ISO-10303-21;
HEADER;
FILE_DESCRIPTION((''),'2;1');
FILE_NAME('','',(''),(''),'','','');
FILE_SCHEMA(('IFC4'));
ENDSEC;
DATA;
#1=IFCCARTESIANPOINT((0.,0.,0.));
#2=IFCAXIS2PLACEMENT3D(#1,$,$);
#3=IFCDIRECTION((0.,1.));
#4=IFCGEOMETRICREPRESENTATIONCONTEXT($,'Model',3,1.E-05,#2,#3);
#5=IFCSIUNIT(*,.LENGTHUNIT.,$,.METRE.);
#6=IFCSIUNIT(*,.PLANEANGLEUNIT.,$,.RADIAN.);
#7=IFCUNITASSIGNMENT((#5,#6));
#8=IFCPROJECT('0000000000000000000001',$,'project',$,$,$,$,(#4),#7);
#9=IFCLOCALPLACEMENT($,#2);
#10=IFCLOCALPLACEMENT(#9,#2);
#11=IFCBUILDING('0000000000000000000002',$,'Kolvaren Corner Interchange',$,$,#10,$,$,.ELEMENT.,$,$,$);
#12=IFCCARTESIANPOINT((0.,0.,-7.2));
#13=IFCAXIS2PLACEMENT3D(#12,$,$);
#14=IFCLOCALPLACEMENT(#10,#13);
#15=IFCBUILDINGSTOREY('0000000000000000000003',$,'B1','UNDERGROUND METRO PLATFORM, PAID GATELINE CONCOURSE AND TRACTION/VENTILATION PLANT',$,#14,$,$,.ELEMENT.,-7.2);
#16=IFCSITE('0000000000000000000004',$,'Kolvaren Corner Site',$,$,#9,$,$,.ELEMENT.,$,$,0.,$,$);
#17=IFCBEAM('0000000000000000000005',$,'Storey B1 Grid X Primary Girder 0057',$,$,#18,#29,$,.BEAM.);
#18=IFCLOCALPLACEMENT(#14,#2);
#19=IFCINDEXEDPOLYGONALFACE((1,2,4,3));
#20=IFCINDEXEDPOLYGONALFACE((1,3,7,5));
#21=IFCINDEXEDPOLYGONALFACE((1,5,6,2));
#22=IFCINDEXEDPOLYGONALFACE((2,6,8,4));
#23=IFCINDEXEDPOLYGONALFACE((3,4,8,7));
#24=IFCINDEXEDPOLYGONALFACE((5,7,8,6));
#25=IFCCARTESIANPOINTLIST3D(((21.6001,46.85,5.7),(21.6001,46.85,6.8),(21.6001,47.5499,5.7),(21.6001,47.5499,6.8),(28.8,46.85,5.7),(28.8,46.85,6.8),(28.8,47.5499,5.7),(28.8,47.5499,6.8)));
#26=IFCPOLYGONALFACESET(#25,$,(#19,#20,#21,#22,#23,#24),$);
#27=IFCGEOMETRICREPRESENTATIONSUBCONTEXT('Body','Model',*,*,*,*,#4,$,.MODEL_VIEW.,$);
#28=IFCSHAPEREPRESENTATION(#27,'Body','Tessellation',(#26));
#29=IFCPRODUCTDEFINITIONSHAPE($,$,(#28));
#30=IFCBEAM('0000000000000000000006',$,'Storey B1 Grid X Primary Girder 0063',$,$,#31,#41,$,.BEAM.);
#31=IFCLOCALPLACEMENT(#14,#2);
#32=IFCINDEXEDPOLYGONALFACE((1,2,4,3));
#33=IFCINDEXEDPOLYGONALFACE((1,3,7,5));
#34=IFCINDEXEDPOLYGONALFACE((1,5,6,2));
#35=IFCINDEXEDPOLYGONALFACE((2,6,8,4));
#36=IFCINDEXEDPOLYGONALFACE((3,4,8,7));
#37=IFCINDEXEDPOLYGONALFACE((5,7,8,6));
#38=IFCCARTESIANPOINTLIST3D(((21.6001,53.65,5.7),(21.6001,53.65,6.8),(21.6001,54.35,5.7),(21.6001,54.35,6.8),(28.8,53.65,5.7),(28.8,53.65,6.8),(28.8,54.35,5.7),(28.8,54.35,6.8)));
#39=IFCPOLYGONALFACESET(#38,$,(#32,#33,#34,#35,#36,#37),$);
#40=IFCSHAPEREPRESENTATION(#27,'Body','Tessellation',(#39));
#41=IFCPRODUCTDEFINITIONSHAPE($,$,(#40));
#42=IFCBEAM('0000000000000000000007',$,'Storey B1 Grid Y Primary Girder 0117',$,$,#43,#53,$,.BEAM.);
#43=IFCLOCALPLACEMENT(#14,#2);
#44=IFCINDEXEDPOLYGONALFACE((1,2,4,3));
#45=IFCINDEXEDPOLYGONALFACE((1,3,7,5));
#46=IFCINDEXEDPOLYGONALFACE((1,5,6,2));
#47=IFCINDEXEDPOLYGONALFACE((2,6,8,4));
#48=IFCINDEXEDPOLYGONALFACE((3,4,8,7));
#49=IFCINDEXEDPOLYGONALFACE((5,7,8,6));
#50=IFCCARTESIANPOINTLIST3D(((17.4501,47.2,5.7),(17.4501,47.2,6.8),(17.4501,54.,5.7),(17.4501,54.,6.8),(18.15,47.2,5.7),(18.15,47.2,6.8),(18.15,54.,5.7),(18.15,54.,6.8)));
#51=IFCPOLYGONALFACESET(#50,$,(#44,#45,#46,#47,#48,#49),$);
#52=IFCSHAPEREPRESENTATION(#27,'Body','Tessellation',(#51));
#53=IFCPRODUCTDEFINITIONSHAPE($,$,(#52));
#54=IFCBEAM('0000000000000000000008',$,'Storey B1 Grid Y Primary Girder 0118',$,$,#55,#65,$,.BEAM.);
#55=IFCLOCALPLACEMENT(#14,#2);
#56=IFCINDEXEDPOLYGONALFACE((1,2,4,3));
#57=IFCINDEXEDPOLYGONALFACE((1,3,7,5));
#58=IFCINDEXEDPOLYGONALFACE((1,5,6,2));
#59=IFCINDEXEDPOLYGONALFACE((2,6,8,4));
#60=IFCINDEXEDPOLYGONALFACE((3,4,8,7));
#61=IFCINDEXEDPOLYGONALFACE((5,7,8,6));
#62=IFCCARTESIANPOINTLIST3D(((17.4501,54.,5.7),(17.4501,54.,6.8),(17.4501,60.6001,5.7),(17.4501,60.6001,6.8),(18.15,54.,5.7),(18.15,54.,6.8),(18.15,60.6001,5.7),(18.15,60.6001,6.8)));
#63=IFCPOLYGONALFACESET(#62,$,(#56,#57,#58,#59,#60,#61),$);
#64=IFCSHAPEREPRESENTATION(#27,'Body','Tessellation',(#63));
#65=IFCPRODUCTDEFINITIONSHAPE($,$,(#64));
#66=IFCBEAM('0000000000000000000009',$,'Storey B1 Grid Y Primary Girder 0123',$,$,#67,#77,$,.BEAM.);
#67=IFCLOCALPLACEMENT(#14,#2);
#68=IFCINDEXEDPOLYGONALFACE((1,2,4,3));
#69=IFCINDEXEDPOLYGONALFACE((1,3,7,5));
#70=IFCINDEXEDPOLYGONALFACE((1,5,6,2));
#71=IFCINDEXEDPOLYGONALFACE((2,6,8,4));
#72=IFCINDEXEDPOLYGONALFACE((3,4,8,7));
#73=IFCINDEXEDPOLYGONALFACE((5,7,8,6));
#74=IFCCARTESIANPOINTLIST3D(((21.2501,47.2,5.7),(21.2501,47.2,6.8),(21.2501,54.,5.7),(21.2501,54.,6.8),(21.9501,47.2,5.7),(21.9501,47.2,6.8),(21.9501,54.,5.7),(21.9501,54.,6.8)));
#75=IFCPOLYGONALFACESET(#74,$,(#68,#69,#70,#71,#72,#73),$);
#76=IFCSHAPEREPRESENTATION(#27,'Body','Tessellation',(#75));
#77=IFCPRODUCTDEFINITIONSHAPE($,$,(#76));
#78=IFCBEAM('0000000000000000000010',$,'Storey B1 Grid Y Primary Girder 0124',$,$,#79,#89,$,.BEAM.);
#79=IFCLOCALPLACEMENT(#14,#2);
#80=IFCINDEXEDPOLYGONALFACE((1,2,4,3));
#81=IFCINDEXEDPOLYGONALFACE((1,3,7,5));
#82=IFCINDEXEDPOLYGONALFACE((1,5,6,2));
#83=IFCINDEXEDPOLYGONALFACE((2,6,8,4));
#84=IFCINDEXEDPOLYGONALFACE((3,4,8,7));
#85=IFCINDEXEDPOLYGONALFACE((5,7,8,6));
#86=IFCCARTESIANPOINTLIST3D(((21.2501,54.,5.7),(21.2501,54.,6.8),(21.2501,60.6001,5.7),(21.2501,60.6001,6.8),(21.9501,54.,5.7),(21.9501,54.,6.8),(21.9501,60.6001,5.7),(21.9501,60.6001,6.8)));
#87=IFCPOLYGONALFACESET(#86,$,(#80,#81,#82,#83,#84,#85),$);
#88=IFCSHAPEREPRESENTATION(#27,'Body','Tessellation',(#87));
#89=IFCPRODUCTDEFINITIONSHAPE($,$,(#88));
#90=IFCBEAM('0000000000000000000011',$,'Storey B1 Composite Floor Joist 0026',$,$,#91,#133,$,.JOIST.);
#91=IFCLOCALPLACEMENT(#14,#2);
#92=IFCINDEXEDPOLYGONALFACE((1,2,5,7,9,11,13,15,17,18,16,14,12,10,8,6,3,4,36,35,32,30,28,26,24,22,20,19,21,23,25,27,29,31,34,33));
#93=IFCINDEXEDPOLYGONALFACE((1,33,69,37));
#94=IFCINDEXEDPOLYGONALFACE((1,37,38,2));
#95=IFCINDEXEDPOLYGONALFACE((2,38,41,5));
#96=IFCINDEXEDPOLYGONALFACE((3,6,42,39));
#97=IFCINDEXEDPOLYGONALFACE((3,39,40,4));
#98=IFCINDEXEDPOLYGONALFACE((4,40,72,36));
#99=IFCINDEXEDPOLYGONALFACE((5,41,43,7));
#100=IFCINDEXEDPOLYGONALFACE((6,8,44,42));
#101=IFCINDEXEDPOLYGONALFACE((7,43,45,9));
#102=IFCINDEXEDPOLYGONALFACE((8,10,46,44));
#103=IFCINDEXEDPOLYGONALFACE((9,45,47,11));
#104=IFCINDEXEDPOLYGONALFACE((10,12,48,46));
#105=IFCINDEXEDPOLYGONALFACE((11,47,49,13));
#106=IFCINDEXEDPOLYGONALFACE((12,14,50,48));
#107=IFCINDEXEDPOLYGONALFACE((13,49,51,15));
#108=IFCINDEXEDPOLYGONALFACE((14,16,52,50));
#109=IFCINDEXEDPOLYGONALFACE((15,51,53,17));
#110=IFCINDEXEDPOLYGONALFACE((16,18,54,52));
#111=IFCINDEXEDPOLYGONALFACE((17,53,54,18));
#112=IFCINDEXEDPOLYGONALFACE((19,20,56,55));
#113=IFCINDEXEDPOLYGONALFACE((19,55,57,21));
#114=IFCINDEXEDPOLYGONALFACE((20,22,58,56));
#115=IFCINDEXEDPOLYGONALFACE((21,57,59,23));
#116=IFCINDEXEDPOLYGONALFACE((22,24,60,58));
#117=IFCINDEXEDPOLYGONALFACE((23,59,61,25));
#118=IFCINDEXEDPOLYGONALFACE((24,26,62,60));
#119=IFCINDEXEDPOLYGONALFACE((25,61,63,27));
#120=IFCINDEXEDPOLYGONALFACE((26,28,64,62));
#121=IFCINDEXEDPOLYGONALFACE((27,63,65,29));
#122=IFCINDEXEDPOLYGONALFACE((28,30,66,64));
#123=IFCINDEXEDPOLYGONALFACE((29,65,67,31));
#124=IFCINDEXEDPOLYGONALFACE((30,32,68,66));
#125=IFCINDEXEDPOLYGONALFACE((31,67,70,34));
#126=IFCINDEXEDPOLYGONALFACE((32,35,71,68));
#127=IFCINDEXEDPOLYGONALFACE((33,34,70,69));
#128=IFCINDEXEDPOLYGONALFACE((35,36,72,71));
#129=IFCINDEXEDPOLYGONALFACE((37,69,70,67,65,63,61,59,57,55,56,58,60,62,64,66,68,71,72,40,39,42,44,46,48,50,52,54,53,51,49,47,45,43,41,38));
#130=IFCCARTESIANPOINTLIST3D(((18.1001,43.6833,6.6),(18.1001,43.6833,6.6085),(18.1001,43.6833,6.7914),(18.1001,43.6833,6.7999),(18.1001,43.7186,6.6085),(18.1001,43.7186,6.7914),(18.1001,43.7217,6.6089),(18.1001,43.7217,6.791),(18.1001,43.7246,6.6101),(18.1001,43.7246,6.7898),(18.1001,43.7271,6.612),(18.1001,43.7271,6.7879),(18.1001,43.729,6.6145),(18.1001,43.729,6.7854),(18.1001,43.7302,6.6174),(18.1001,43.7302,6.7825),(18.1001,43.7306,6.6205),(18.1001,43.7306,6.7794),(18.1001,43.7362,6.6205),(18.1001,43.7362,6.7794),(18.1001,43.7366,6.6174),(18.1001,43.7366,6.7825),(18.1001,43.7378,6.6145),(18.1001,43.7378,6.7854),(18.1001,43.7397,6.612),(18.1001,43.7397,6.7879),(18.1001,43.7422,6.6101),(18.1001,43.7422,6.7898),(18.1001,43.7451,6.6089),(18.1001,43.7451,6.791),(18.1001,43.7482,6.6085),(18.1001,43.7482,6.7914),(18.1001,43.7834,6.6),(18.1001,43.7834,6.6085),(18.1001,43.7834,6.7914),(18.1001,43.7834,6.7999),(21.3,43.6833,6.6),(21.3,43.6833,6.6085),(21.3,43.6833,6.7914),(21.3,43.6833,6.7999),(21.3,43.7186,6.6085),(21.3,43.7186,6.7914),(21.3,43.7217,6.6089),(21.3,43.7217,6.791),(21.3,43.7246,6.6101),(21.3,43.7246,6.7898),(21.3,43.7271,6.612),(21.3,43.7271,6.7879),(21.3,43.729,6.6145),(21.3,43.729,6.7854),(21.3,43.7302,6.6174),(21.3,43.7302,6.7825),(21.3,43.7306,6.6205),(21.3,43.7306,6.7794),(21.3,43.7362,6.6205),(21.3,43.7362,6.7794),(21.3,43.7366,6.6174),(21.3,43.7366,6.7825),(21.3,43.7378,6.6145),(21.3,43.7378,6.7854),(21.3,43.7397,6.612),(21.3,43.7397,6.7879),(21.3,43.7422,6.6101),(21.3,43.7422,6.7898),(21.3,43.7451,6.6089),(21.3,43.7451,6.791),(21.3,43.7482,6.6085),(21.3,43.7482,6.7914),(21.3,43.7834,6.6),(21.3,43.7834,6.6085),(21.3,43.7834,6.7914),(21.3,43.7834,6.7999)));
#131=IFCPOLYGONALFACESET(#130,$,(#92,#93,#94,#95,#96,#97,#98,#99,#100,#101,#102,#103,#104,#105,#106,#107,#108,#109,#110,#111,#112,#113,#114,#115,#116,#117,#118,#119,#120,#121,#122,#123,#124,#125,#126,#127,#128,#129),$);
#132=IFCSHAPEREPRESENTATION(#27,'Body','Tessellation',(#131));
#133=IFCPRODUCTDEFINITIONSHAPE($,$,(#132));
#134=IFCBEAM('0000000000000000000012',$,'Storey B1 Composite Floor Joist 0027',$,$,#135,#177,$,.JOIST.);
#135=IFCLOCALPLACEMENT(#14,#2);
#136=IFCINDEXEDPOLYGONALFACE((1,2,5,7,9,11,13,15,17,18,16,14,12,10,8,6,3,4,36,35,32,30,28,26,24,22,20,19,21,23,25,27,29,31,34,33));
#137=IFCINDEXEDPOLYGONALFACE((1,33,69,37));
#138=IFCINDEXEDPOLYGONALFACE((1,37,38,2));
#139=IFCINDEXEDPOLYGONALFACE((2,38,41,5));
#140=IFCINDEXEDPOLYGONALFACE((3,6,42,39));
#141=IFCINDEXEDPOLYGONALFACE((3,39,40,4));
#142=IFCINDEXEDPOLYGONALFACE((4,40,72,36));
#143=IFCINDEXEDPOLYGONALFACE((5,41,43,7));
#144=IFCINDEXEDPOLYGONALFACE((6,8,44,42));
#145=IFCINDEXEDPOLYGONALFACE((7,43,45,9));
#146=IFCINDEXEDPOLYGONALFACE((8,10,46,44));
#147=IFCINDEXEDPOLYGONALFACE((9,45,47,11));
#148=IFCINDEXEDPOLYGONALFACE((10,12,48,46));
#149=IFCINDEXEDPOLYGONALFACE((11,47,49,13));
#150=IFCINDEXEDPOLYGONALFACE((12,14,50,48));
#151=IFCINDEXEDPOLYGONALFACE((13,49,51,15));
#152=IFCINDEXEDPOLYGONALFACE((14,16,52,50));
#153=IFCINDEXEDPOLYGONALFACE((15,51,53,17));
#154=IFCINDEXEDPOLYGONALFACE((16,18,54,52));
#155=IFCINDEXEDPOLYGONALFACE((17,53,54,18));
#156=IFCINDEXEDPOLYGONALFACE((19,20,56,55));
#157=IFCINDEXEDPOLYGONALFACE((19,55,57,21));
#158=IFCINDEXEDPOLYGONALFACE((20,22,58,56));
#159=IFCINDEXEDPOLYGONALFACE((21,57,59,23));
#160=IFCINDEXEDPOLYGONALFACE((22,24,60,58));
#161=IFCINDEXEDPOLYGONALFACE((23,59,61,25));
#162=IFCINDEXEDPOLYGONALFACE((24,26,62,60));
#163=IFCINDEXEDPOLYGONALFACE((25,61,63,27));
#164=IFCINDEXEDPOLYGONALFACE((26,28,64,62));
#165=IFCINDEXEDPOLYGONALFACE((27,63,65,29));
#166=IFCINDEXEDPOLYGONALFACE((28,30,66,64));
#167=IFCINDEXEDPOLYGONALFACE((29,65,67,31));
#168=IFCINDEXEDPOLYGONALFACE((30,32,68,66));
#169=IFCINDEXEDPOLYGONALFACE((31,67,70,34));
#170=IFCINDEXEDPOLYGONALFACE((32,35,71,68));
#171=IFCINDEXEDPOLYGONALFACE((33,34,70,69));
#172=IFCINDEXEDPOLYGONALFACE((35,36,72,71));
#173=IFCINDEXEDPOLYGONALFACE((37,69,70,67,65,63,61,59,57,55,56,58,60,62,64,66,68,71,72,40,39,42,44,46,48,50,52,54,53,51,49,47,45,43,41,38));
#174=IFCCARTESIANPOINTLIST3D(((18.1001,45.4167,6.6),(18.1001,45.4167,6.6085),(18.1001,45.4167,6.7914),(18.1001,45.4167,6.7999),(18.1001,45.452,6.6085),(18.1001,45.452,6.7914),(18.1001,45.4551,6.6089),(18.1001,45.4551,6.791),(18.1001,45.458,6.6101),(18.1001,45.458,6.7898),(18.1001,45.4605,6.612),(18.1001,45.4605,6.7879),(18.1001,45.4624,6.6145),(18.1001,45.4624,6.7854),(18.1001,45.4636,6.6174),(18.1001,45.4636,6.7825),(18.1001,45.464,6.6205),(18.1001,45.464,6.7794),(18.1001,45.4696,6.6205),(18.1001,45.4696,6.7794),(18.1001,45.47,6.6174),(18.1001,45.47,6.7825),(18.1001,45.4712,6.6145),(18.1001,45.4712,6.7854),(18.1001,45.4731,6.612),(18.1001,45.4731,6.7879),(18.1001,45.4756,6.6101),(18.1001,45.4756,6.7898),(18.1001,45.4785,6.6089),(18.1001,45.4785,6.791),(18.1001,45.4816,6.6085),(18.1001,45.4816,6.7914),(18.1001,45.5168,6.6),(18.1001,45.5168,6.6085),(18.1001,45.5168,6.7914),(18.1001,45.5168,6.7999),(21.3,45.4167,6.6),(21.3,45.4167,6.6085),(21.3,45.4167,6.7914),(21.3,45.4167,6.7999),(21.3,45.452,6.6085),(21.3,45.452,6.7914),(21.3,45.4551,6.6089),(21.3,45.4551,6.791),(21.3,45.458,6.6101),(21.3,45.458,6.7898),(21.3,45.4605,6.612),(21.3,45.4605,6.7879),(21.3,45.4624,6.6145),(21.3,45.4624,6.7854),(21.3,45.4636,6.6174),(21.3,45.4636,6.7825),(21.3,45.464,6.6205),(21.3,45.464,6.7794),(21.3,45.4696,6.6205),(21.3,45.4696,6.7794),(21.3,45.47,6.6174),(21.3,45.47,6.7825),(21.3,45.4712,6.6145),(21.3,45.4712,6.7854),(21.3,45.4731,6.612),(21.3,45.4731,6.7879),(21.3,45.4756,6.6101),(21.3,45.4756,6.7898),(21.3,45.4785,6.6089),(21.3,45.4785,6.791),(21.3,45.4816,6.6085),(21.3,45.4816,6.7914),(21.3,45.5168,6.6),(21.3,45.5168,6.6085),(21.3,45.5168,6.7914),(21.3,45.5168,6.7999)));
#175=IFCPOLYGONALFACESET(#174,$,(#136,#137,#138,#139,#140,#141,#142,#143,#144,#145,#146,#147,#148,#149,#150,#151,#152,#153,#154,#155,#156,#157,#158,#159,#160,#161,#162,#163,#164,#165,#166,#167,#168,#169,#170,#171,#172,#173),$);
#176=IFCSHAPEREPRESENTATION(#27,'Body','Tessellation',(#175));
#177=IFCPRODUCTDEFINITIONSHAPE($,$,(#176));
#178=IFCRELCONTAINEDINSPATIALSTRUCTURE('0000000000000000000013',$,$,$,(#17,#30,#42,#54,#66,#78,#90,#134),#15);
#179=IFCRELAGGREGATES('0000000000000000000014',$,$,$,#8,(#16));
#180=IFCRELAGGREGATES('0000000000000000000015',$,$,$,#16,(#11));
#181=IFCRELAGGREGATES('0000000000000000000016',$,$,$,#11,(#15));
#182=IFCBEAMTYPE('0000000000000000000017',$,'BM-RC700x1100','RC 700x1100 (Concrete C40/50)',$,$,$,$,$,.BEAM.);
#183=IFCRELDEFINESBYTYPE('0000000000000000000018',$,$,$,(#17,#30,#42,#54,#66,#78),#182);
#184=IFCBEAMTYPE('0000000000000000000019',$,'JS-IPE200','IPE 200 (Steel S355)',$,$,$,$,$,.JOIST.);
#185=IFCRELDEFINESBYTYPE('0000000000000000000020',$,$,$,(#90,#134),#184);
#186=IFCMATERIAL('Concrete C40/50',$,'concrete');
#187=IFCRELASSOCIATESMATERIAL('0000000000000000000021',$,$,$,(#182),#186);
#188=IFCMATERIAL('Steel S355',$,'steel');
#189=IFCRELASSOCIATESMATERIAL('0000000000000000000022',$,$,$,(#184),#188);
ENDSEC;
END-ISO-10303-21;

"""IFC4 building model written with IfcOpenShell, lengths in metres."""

from ifc_helpers import new_model, si_unit, direction, frame, origin, origin_2d, place, context, subcontext, project, spatial, rectangle, i_section, extrude, material, material_profile, profile_set, type_object, element, save


model = new_model("IFC4")

# Units and contexts
model_context = context("Model", 3, precision=1e-05, world=origin(), true_north=direction((0.0, 1.0)))
body_context = subcontext(model_context, "Body", "Model", "MODEL_VIEW")
ifc_project = project(units=[si_unit("LENGTHUNIT", "METRE"), si_unit("PLANEANGLEUNIT", "RADIAN")], contexts=[model_context])

# Site, building, storey
site_placement = place(None, origin())
site = spatial("IfcSite", under=ifc_project, at=site_placement, Name="Kolvaren Corner Site", CompositionType="ELEMENT", RefElevation=0.0)
building_placement = place(site_placement, origin())
building = spatial("IfcBuilding", under=site, at=building_placement, Name="Kolvaren Corner Interchange", CompositionType="ELEMENT")
storey_placement = place(building_placement, frame((0.0, 0.0, -7.2)))
storey = spatial("IfcBuildingStorey", under=building, at=storey_placement, Name="B1", Description="UNDERGROUND METRO PLATFORM, PAID GATELINE CONCOURSE AND TRACTION/VENTILATION PLANT", CompositionType="ELEMENT", Elevation=-7.2)

# Beams
ifc_material_1 = material(Name="Concrete C40/50", Category="concrete")
ifc_material_profile_1 = material_profile(ifc_material_1, rectangle(XDim=0.7, YDim=1.1001, at=origin_2d()), Name="RC 700x1100")
ifc_profile_set_1 = profile_set([ifc_material_profile_1], Name="Concrete C40/50")
beam_type_1 = type_object("IfcBeamType", Name="BM-RC700x1100", Description="RC 700x1100 (Concrete C40/50)", PredefinedType="BEAM", material=ifc_profile_set_1)
for number, where, z_axis, x_axis, name in (
    (1, (21.6001, 47.2, 6.25), (1.0, 0.0, 0.0), (0.0, 1.0, 0.0), "Storey B1 Grid X Primary Girder 0057"),
    (2, (21.6001, 54.0, 6.25), (1.0, 0.0, 0.0), (0.0, 1.0, 0.0), "Storey B1 Grid X Primary Girder 0063"),
):
    element("IfcBeam", number, at=place(storey_placement, frame(where, z_axis=z_axis, x_axis=x_axis)), inside=storey, type_object=beam_type_1, Name=name, PredefinedType="BEAM", context=body_context, shape_type="SweptSolid", body=[
        extrude(rectangle(XDim=0.7, YDim=1.1001, at=origin_2d()), origin(), (0.0, 0.0, 1.0), 7.2),
    ])
beam_1_placement = place(storey_placement, frame((17.8, 47.2, 6.25), z_axis=(0.0, 1.0, 0.0), x_axis=(-1.0, 0.0, 0.0)))
element("IfcBeam", 3, at=beam_1_placement, inside=storey, type_object=beam_type_1, Name="Storey B1 Grid Y Primary Girder 0117", PredefinedType="BEAM", context=body_context, shape_type="SweptSolid", body=[
    extrude(rectangle(XDim=0.7, YDim=1.1001, at=origin_2d()), origin(), (0.0, 0.0, 1.0), 6.8),
])
beam_2_placement = place(storey_placement, frame((17.8, 54.0, 6.25), z_axis=(0.0, 1.0, 0.0), x_axis=(-1.0, 0.0, 0.0)))
element("IfcBeam", 4, at=beam_2_placement, inside=storey, type_object=beam_type_1, Name="Storey B1 Grid Y Primary Girder 0118", PredefinedType="BEAM", context=body_context, shape_type="SweptSolid", body=[
    extrude(rectangle(XDim=0.7, YDim=1.1001, at=origin_2d()), origin(), (0.0, 0.0, 1.0), 6.6001),
])
beam_3_placement = place(storey_placement, frame((21.6001, 47.2, 6.25), z_axis=(0.0, 1.0, 0.0), x_axis=(-1.0, 0.0, 0.0)))
element("IfcBeam", 5, at=beam_3_placement, inside=storey, type_object=beam_type_1, Name="Storey B1 Grid Y Primary Girder 0123", PredefinedType="BEAM", context=body_context, shape_type="SweptSolid", body=[
    extrude(rectangle(XDim=0.7, YDim=1.1001, at=origin_2d()), origin(), (0.0, 0.0, 1.0), 6.8),
])
beam_4_placement = place(storey_placement, frame((21.6001, 54.0, 6.25), z_axis=(0.0, 1.0, 0.0), x_axis=(-1.0, 0.0, 0.0)))
element("IfcBeam", 6, at=beam_4_placement, inside=storey, type_object=beam_type_1, Name="Storey B1 Grid Y Primary Girder 0124", PredefinedType="BEAM", context=body_context, shape_type="SweptSolid", body=[
    extrude(rectangle(XDim=0.7, YDim=1.1001, at=origin_2d()), origin(), (0.0, 0.0, 1.0), 6.6001),
])
ifc_material_2 = material(Name="Steel S355", Category="steel")
ifc_material_profile_2 = material_profile(ifc_material_2, i_section(OverallWidth=0.1001, OverallDepth=0.2, WebThickness=0.0056, FlangeThickness=0.0085, FilletRadius=0.012, at=origin_2d()), Name="IPE 200")
ifc_profile_set_2 = profile_set([ifc_material_profile_2], Name="Steel S355")
beam_type_2 = type_object("IfcBeamType", Name="JS-IPE200", Description="IPE 200 (Steel S355)", PredefinedType="JOIST", material=ifc_profile_set_2)
for number, where, z_axis, x_axis, name in (
    (7, (18.1001, 43.7334, 6.7), (1.0, 0.0, 0.0), (0.0, 1.0, 0.0), "Storey B1 Composite Floor Joist 0026"),
    (8, (18.1001, 45.4668, 6.7), (1.0, 0.0, 0.0), (0.0, 1.0, 0.0), "Storey B1 Composite Floor Joist 0027"),
):
    element("IfcBeam", number, at=place(storey_placement, frame(where, z_axis=z_axis, x_axis=x_axis)), inside=storey, type_object=beam_type_2, Name=name, PredefinedType="JOIST", context=body_context, shape_type="SweptSolid", body=[
        extrude(i_section(OverallWidth=0.1001, OverallDepth=0.2, WebThickness=0.0056, FlangeThickness=0.0085, FilletRadius=0.012, at=origin_2d()), origin(), (0.0, 0.0, 1.0), 3.2),
    ])

save(model, "model.ifc")
